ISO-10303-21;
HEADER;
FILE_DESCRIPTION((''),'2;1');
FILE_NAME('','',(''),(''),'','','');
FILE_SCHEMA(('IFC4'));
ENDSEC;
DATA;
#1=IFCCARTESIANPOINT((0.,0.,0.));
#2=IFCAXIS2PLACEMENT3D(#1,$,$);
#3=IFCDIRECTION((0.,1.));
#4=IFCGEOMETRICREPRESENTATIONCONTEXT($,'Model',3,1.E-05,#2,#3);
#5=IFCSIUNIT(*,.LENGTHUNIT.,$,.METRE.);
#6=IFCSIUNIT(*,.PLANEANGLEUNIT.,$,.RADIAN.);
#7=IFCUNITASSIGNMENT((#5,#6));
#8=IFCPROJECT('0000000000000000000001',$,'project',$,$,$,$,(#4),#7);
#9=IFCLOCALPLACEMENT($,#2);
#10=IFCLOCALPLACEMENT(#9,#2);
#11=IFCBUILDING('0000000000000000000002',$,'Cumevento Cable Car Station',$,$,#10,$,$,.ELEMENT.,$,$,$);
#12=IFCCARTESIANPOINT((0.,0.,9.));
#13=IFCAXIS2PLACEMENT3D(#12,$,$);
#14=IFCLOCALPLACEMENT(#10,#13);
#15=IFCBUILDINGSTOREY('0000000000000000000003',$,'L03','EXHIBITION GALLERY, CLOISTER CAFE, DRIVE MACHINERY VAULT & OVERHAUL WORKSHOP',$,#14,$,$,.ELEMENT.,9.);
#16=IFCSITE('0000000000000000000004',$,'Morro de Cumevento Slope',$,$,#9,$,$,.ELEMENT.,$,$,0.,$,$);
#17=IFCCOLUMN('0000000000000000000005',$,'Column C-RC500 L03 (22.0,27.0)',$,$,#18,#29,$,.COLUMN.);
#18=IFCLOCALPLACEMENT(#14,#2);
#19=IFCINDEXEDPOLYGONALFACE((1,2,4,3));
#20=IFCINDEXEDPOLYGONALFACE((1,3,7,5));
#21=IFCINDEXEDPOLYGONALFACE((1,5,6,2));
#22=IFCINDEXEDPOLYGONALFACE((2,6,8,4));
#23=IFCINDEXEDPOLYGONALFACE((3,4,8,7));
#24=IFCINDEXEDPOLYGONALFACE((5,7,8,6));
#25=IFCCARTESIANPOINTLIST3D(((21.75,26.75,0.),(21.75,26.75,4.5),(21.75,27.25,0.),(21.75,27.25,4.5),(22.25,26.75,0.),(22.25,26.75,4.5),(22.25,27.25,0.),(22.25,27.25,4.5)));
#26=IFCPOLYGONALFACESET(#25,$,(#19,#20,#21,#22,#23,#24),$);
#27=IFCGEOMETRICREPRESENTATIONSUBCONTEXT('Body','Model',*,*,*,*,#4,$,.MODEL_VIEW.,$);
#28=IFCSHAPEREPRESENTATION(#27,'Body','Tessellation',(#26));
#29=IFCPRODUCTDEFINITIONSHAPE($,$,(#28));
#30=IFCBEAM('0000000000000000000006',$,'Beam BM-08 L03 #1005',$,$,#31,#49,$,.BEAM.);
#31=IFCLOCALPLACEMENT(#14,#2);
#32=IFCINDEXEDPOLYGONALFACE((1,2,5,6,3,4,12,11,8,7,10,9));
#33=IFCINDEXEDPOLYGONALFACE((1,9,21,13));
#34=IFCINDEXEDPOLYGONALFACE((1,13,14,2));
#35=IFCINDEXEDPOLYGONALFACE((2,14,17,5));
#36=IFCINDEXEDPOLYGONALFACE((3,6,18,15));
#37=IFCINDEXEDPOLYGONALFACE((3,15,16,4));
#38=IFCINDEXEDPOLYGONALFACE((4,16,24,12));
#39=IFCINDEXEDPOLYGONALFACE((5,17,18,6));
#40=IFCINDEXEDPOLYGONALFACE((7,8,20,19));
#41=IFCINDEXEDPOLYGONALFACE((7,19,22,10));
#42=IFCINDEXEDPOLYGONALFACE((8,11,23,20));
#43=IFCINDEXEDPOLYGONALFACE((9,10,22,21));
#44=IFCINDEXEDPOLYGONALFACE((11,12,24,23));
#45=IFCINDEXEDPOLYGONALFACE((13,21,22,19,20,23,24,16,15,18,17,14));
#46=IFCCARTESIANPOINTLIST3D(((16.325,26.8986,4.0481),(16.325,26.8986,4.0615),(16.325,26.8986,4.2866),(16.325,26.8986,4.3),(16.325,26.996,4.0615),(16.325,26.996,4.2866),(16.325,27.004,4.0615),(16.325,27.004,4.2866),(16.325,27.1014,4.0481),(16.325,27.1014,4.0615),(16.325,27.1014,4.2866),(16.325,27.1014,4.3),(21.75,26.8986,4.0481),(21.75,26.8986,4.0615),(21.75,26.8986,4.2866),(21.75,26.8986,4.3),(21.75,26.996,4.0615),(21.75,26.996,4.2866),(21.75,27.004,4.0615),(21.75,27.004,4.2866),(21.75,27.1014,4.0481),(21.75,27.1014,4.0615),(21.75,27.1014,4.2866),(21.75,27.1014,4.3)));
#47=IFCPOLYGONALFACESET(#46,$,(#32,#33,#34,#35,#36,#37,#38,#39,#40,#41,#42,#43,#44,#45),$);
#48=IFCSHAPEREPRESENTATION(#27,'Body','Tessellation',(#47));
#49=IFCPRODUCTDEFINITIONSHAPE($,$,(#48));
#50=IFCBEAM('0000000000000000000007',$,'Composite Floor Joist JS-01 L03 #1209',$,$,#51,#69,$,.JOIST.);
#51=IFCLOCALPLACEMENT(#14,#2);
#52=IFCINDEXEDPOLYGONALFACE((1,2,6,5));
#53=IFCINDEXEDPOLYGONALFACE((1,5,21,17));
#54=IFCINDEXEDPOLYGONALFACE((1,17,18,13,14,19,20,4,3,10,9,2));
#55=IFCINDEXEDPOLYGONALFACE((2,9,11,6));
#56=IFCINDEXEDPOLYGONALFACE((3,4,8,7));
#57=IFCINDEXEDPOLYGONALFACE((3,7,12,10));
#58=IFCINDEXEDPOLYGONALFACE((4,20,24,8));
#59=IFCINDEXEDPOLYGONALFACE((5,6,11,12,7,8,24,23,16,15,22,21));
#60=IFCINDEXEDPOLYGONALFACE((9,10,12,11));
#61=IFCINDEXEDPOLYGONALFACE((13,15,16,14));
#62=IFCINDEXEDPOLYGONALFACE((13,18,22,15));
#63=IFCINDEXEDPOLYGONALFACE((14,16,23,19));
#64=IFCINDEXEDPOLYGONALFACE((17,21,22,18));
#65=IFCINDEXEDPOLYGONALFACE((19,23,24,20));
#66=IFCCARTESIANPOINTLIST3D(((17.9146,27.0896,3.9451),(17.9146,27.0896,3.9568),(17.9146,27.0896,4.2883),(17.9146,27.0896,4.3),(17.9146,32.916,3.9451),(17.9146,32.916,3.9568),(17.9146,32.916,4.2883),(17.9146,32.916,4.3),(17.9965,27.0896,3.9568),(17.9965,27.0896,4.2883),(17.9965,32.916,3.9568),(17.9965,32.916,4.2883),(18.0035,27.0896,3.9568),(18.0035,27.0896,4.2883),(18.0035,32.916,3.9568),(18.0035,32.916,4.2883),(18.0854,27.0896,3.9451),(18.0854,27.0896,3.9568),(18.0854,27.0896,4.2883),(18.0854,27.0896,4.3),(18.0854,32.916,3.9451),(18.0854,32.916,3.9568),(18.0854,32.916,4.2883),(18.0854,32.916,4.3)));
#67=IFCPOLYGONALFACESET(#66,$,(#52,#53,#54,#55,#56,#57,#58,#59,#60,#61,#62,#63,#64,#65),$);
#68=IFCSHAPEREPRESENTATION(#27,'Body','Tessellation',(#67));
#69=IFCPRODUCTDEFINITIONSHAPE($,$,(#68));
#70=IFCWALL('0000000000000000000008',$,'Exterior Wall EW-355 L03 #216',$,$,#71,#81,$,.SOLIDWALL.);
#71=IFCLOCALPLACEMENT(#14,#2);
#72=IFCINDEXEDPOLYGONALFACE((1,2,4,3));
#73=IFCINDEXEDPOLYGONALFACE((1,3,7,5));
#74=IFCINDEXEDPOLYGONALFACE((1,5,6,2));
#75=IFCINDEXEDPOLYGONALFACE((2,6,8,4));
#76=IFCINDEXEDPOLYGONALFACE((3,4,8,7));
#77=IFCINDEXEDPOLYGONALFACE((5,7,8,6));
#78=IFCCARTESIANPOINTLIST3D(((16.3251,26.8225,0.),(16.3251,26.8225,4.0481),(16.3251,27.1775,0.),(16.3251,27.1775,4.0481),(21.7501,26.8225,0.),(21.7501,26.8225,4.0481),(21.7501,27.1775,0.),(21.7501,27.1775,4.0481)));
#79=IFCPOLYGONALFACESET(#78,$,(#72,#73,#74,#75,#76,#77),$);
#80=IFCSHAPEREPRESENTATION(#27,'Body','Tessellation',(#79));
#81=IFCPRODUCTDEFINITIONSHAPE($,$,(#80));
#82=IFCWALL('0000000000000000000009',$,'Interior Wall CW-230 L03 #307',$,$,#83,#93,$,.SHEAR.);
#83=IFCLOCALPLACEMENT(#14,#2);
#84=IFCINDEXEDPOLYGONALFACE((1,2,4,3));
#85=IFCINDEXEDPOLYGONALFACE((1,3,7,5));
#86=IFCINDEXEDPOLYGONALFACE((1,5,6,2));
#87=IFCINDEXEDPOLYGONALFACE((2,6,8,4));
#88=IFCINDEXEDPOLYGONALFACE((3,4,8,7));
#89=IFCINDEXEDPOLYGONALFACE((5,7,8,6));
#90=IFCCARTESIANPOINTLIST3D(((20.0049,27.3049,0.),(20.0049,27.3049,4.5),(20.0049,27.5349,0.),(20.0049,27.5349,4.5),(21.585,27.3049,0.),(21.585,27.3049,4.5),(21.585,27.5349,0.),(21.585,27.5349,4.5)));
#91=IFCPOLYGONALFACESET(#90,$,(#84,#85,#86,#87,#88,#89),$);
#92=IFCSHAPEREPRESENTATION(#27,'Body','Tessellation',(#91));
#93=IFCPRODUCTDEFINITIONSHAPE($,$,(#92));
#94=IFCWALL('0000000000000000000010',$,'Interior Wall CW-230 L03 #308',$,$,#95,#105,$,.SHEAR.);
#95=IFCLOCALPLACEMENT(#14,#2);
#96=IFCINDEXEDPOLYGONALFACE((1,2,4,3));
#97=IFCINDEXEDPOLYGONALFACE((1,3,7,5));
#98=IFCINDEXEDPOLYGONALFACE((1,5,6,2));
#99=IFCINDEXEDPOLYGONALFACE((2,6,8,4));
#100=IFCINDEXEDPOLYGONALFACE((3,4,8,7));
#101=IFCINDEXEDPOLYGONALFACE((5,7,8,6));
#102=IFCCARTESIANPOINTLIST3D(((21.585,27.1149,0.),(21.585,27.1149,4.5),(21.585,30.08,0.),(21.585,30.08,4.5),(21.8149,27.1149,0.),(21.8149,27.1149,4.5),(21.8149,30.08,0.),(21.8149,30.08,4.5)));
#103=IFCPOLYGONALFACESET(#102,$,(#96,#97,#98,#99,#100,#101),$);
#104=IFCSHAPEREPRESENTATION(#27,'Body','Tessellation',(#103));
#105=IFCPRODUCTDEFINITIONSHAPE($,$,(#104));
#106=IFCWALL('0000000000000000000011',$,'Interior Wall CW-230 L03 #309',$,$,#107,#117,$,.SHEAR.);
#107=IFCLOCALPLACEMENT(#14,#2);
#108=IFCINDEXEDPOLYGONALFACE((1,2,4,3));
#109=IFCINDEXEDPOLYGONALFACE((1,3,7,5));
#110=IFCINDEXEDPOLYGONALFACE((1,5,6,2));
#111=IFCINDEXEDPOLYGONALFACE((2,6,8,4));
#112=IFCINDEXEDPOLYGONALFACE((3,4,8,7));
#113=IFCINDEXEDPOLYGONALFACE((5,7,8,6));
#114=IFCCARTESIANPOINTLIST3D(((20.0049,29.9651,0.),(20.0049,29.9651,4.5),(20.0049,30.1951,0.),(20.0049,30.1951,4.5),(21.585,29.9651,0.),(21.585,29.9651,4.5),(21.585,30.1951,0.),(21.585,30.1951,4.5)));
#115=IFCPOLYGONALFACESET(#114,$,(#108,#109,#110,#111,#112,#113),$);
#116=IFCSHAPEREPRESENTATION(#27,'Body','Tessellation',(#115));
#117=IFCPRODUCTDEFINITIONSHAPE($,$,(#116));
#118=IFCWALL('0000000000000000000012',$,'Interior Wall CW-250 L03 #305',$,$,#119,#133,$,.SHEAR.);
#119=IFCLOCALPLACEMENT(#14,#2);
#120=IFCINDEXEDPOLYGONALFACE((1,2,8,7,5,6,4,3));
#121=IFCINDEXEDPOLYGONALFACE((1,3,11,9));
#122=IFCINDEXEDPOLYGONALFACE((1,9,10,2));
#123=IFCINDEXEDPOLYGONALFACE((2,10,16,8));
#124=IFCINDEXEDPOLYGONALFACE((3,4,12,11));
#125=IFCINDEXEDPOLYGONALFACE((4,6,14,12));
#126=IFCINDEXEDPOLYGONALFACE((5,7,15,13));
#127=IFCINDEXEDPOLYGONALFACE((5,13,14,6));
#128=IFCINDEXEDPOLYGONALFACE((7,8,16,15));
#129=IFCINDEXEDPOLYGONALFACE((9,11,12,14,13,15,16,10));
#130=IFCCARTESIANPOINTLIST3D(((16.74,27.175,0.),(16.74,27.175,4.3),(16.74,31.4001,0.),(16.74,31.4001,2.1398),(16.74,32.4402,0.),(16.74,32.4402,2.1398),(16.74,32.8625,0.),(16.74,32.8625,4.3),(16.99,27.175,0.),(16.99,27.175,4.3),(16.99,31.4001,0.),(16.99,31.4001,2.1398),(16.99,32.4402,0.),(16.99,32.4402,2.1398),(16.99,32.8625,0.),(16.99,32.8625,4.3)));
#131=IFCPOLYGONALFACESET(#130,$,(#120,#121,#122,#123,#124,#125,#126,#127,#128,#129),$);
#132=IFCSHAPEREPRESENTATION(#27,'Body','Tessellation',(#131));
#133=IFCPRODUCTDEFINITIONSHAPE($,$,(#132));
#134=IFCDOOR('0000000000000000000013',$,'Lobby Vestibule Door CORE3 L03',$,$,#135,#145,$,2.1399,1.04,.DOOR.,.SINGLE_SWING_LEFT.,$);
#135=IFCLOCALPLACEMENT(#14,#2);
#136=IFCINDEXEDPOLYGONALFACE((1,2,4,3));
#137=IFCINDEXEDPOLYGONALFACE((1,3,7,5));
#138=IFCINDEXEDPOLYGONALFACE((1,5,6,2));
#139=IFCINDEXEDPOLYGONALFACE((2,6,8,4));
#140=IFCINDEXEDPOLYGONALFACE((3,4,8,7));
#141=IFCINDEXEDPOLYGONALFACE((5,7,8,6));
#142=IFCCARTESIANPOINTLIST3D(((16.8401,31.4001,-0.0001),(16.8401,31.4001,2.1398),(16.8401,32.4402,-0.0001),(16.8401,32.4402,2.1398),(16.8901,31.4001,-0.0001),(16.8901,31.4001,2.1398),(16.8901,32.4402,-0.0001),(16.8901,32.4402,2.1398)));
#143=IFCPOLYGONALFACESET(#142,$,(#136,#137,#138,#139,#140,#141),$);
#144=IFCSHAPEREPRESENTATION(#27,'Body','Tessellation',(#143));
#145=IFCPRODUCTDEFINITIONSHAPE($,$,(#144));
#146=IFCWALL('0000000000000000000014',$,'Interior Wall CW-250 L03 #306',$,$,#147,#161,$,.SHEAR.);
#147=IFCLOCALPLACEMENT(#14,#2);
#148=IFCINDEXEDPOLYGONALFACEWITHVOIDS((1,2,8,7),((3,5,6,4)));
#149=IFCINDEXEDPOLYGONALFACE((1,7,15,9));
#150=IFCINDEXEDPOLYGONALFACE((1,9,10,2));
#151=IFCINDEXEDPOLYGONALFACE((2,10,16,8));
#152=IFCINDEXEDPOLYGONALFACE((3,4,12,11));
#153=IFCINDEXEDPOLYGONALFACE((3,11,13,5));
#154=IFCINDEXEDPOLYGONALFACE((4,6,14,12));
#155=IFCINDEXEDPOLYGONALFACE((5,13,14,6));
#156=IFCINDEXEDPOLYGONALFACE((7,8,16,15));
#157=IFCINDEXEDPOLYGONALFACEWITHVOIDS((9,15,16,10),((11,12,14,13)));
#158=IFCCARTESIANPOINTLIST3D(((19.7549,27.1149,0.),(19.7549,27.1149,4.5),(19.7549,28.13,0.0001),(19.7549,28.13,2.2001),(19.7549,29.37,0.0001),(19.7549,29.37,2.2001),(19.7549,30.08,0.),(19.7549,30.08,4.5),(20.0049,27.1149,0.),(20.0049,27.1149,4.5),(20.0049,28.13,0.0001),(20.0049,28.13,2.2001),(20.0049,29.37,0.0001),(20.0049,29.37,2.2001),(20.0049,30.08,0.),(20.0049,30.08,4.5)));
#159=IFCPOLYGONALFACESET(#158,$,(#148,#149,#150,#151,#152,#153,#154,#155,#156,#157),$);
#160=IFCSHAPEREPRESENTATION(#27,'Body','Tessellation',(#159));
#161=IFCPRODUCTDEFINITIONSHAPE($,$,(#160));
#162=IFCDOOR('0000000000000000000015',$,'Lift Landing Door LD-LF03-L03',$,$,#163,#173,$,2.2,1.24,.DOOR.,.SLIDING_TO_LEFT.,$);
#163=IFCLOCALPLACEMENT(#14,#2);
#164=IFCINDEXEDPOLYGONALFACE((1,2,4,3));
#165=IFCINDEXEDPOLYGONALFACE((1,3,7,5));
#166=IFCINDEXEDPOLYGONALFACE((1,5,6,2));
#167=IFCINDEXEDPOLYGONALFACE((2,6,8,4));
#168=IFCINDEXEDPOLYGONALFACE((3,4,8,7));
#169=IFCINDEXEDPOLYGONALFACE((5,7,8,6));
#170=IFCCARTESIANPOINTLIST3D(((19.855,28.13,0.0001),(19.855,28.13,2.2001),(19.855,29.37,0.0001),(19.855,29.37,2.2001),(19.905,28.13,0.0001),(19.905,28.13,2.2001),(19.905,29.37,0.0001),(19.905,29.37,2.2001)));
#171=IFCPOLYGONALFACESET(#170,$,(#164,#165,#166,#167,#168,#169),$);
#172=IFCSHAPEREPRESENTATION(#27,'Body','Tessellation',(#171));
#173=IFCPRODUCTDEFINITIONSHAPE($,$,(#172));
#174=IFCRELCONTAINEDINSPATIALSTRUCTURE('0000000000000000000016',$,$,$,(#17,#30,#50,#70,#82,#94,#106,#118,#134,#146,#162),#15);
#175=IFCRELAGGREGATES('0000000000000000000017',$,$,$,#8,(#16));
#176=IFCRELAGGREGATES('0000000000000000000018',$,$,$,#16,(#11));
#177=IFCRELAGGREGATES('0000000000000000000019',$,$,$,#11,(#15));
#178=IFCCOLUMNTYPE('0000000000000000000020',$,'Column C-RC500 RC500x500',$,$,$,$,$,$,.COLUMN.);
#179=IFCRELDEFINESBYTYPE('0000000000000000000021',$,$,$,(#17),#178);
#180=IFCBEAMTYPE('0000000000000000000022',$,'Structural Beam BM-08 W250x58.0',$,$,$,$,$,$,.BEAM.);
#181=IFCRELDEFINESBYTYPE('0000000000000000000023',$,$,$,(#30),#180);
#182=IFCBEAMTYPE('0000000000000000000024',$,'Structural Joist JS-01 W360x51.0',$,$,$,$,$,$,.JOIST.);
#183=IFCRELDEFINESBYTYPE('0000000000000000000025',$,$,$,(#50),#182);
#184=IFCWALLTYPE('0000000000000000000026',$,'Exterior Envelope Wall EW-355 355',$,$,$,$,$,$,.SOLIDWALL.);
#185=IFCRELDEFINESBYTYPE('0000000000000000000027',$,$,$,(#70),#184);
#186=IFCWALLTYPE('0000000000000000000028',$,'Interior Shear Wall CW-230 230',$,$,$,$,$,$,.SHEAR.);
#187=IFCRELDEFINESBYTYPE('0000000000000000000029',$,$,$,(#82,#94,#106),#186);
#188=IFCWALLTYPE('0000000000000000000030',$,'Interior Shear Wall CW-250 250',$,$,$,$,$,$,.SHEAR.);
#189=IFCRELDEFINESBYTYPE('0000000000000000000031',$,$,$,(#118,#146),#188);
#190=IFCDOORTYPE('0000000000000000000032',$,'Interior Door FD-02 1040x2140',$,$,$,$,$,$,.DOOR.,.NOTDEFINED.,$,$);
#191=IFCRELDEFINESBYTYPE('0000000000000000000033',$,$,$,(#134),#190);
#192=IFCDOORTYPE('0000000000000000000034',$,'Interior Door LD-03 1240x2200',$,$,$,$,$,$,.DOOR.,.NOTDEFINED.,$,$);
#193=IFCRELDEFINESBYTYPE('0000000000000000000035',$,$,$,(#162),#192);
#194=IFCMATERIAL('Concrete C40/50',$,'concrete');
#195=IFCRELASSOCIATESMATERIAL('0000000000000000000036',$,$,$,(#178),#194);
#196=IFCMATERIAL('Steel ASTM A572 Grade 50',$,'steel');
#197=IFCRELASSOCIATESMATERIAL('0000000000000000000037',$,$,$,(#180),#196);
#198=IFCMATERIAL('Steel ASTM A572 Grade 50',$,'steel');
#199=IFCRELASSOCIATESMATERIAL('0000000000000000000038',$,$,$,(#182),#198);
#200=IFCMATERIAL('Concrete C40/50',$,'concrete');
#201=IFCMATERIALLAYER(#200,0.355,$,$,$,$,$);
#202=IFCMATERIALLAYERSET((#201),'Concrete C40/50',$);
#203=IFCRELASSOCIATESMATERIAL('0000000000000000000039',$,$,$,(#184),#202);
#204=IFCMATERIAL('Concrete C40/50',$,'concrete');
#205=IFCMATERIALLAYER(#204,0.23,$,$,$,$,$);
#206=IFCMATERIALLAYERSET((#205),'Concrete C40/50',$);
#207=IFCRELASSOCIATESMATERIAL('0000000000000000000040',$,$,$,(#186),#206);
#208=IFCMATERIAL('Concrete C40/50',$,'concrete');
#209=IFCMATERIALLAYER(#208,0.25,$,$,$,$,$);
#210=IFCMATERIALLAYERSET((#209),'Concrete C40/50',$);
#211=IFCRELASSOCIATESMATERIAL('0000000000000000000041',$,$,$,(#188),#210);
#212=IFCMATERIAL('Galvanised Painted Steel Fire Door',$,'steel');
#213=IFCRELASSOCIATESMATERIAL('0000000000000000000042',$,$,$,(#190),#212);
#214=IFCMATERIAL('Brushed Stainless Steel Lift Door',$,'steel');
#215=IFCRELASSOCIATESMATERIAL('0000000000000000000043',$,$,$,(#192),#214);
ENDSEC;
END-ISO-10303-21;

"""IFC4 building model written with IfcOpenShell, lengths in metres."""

from ifc_helpers import new_model, si_unit, direction, frame, frame_2d, origin, origin_2d, place, context, subcontext, project, spatial, rectangle, i_section, extrude, material, layer, layer_set, material_profile, profile_set, type_object, element, fill, save


model = new_model("IFC4")

# Units and contexts
model_context = context("Model", 3, precision=1e-05, world=origin(), true_north=direction((0.0, 1.0)))
body_context = subcontext(model_context, "Body", "Model", "MODEL_VIEW")
ifc_project = project(units=[si_unit("LENGTHUNIT", "METRE"), si_unit("PLANEANGLEUNIT", "RADIAN")], contexts=[model_context])

# Site, building, storey
site_placement = place(None, origin())
site = spatial("IfcSite", under=ifc_project, at=site_placement, Name="Morro de Cumevento Slope", CompositionType="ELEMENT", RefElevation=0.0)
building_placement = place(site_placement, origin())
building = spatial("IfcBuilding", under=site, at=building_placement, Name="Cumevento Cable Car Station", CompositionType="ELEMENT")
storey_placement = place(building_placement, frame((0.0, 0.0, 9.0)))
storey = spatial("IfcBuildingStorey", under=building, at=storey_placement, Name="L03", Description="EXHIBITION GALLERY, CLOISTER CAFE, DRIVE MACHINERY VAULT & OVERHAUL WORKSHOP", CompositionType="ELEMENT", Elevation=9.0)

# Column
ifc_material_1 = material(Name="Concrete C40/50", Category="concrete")
ifc_material_profile_1 = material_profile(ifc_material_1, rectangle(XDim=0.5, YDim=0.5, at=origin_2d()), Name="RC500x500")
ifc_profile_set_1 = profile_set([ifc_material_profile_1], Name="Concrete C40/50")
column_type = type_object("IfcColumnType", Name="Column C-RC500 RC500x500", PredefinedType="COLUMN", material=ifc_profile_set_1)
column_placement = place(storey_placement, frame((22.0, 27.0, 0.0), z_axis=(0.0, 0.0, 1.0), x_axis=(1.0, 0.0, 0.0)))
element("IfcColumn", 1, at=column_placement, inside=storey, type_object=column_type, Name="Column C-RC500 L03 (22.0,27.0)", PredefinedType="COLUMN", context=body_context, shape_type="SweptSolid", body=[
    extrude(rectangle(XDim=0.5, YDim=0.5, at=origin_2d()), origin(), (0.0, 0.0, 1.0), 4.5),
])

# Beams
ifc_material_2 = material(Name="Steel ASTM A572 Grade 50", Category="steel")
ifc_material_profile_2 = material_profile(ifc_material_2, i_section(OverallWidth=0.2029, OverallDepth=0.252, WebThickness=0.0081, FlangeThickness=0.0134, at=origin_2d()), Name="W250x58.0")
ifc_profile_set_2 = profile_set([ifc_material_profile_2], Name="Steel ASTM A572 Grade 50")
beam_type_1 = type_object("IfcBeamType", Name="Structural Beam BM-08 W250x58.0", PredefinedType="BEAM", material=ifc_profile_set_2)
beam_1_placement = place(storey_placement, frame((16.325, 27.0, 4.1741), z_axis=(1.0, 0.0, 0.0), x_axis=(0.0, 1.0, 0.0)))
element("IfcBeam", 2, at=beam_1_placement, inside=storey, type_object=beam_type_1, Name="Beam BM-08 L03 #1005", PredefinedType="BEAM", context=body_context, shape_type="SweptSolid", body=[
    extrude(i_section(OverallWidth=0.2029, OverallDepth=0.252, WebThickness=0.0081, FlangeThickness=0.0134, at=origin_2d()), origin(), (0.0, 0.0, 1.0), 5.425),
])
ifc_material_3 = material(Name="Steel ASTM A572 Grade 50", Category="steel")
ifc_material_profile_3 = material_profile(ifc_material_3, i_section(OverallWidth=0.1709, OverallDepth=0.355, WebThickness=0.0071, FlangeThickness=0.0117, at=origin_2d()), Name="W360x51.0")
ifc_profile_set_3 = profile_set([ifc_material_profile_3], Name="Steel ASTM A572 Grade 50")
beam_type_2 = type_object("IfcBeamType", Name="Structural Joist JS-01 W360x51.0", PredefinedType="JOIST", material=ifc_profile_set_3)
beam_2_placement = place(storey_placement, frame((18.0, 27.0896, 4.1226), z_axis=(0.0, 1.0, 0.0), x_axis=(-1.0, 0.0, 0.0)))
element("IfcBeam", 3, at=beam_2_placement, inside=storey, type_object=beam_type_2, Name="Composite Floor Joist JS-01 L03 #1209", PredefinedType="JOIST", context=body_context, shape_type="SweptSolid", body=[
    extrude(i_section(OverallWidth=0.1709, OverallDepth=0.355, WebThickness=0.0071, FlangeThickness=0.0117, at=origin_2d()), origin(), (0.0, 0.0, 1.0), 5.8264),
])

# Walls
ifc_material_4 = material(Name="Concrete C40/50", Category="concrete")
ifc_layer_1 = layer(ifc_material_4, 0.355)
ifc_layer_set_1 = layer_set([ifc_layer_1], Name="Concrete C40/50")
wall_type_1 = type_object("IfcWallType", Name="Exterior Envelope Wall EW-355 355", PredefinedType="SOLIDWALL", material=ifc_layer_set_1)
wall_1_placement = place(storey_placement, frame((21.75, 27.0, 0.0), z_axis=(0.0, 0.0, 1.0), x_axis=(-1.0, 0.0, 0.0)))
element("IfcWall", 4, at=wall_1_placement, inside=storey, type_object=wall_type_1, Name="Exterior Wall EW-355 L03 #216", PredefinedType="SOLIDWALL", context=body_context, shape_type="SweptSolid", body=[
    extrude(rectangle(XDim=5.425, YDim=0.355, at=frame_2d((2.7124, 0.0))), origin(), (0.0, 0.0, 1.0), 4.0481),
])
ifc_material_5 = material(Name="Concrete C40/50", Category="concrete")
ifc_layer_2 = layer(ifc_material_5, 0.23)
ifc_layer_set_2 = layer_set([ifc_layer_2], Name="Concrete C40/50")
wall_type_2 = type_object("IfcWallType", Name="Interior Shear Wall CW-230 230", PredefinedType="SHEAR", material=ifc_layer_set_2)
wall_2_placement = place(storey_placement, frame((20.0049, 27.4199, 0.0), z_axis=(0.0, 0.0, 1.0), x_axis=(1.0, 0.0, 0.0)))
element("IfcWall", 5, at=wall_2_placement, inside=storey, type_object=wall_type_2, Name="Interior Wall CW-230 L03 #307", PredefinedType="SHEAR", context=body_context, shape_type="SweptSolid", body=[
    extrude(rectangle(XDim=1.5801, YDim=0.23, at=frame_2d((0.79, 0.0))), origin(), (0.0, 0.0, 1.0), 4.5),
])
wall_3_placement = place(storey_placement, frame((21.7, 27.115, 0.0), z_axis=(0.0, 0.0, 1.0), x_axis=(0.0, 1.0, 0.0)))
element("IfcWall", 6, at=wall_3_placement, inside=storey, type_object=wall_type_2, Name="Interior Wall CW-230 L03 #308", PredefinedType="SHEAR", context=body_context, shape_type="SweptSolid", body=[
    extrude(rectangle(XDim=2.9651, YDim=0.23, at=frame_2d((1.4824, 0.0))), origin(), (0.0, 0.0, 1.0), 4.5),
])
wall_4_placement = place(storey_placement, frame((20.0049, 30.0801, 0.0), z_axis=(0.0, 0.0, 1.0), x_axis=(1.0, 0.0, 0.0)))
element("IfcWall", 7, at=wall_4_placement, inside=storey, type_object=wall_type_2, Name="Interior Wall CW-230 L03 #309", PredefinedType="SHEAR", context=body_context, shape_type="SweptSolid", body=[
    extrude(rectangle(XDim=1.5801, YDim=0.23, at=frame_2d((0.79, 0.0))), origin(), (0.0, 0.0, 1.0), 4.5),
])

# Walls, openings, doors
ifc_material_6 = material(Name="Concrete C40/50", Category="concrete")
ifc_layer_3 = layer(ifc_material_6, 0.25)
ifc_layer_set_3 = layer_set([ifc_layer_3], Name="Concrete C40/50")
wall_type_3 = type_object("IfcWallType", Name="Interior Shear Wall CW-250 250", PredefinedType="SHEAR", material=ifc_layer_set_3)
wall_5_placement = place(storey_placement, frame((16.865, 27.175, 0.0), z_axis=(0.0, 0.0, 1.0), x_axis=(0.0, 1.0, 0.0)))
wall_5 = element("IfcWall", 8, at=wall_5_placement, inside=storey, type_object=wall_type_3, Name="Interior Wall CW-250 L03 #305", PredefinedType="SHEAR", context=body_context, shape_type="SweptSolid", body=[
    extrude(rectangle(XDim=5.6875, YDim=0.25, at=frame_2d((2.8438, 0.0))), origin(), (0.0, 0.0, 1.0), 4.3),
])
opening_1_placement = place(wall_5_placement, frame((4.2251, 0.0, 0.0)))
opening_1 = element("IfcOpeningElement", 9, at=opening_1_placement, cuts=wall_5, PredefinedType="OPENING", context=body_context, shape_type="SweptSolid", body=[
    extrude(rectangle(XDim=1.04, YDim=2.1399, at=frame_2d((0.52, 1.0698))), frame((0.0, 0.135, 0.0), z_axis=(0.0, -1.0, 0.0), x_axis=(1.0, 0.0, 0.0)), (0.0, 0.0, 1.0), 0.27),
])
ifc_material_7 = material(Name="Galvanised Painted Steel Fire Door", Category="steel")
door_type_1 = type_object("IfcDoorType", Name="Interior Door FD-02 1040x2140", OperationType="NOTDEFINED", PredefinedType="DOOR", material=ifc_material_7)
door_1_placement = place(opening_1_placement, origin())
door_1 = element("IfcDoor", 10, at=door_1_placement, inside=storey, type_object=door_type_1, Name="Lobby Vestibule Door CORE3 L03", OperationType="SINGLE_SWING_LEFT", OverallHeight=2.1399, OverallWidth=1.04, PredefinedType="DOOR", context=body_context, shape_type="SweptSolid", body=[
    extrude(rectangle(XDim=1.04, YDim=2.1399, at=frame_2d((0.52, 1.0698))), frame((0.0, 0.0249, 0.0), z_axis=(0.0, -1.0, 0.0), x_axis=(1.0, 0.0, 0.0)), (0.0, 0.0, 1.0), 0.05),
])
fill(opening_1, door_1)
wall_6_placement = place(storey_placement, frame((19.8799, 27.115, 0.0), z_axis=(0.0, 0.0, 1.0), x_axis=(0.0, 1.0, 0.0)))
wall_6 = element("IfcWall", 11, at=wall_6_placement, inside=storey, type_object=wall_type_3, Name="Interior Wall CW-250 L03 #306", PredefinedType="SHEAR", context=body_context, shape_type="SweptSolid", body=[
    extrude(rectangle(XDim=2.9651, YDim=0.25, at=frame_2d((1.4824, 0.0))), origin(), (0.0, 0.0, 1.0), 4.5),
])
opening_2_placement = place(wall_6_placement, frame((1.0149, 0.0, 0.0)))
opening_2 = element("IfcOpeningElement", 12, at=opening_2_placement, cuts=wall_6, PredefinedType="OPENING", context=body_context, shape_type="SweptSolid", body=[
    extrude(rectangle(XDim=1.24, YDim=2.2, at=frame_2d((0.6201, 1.1001))), frame((0.0, 0.135, 0.0), z_axis=(0.0, -1.0, 0.0), x_axis=(1.0, 0.0, 0.0)), (0.0, 0.0, 1.0), 0.27),
])
ifc_material_8 = material(Name="Brushed Stainless Steel Lift Door", Category="steel")
door_type_2 = type_object("IfcDoorType", Name="Interior Door LD-03 1240x2200", OperationType="NOTDEFINED", PredefinedType="DOOR", material=ifc_material_8)
door_2_placement = place(opening_2_placement, origin())
door_2 = element("IfcDoor", 13, at=door_2_placement, inside=storey, type_object=door_type_2, Name="Lift Landing Door LD-LF03-L03", OperationType="SLIDING_TO_LEFT", OverallHeight=2.2, OverallWidth=1.24, PredefinedType="DOOR", context=body_context, shape_type="SweptSolid", body=[
    extrude(rectangle(XDim=1.24, YDim=2.2, at=frame_2d((0.6201, 1.1001))), frame((0.0, 0.0249, 0.0), z_axis=(0.0, -1.0, 0.0), x_axis=(1.0, 0.0, 0.0)), (0.0, 0.0, 1.0), 0.05),
])
fill(opening_2, door_2)

save(model, "model.ifc")
